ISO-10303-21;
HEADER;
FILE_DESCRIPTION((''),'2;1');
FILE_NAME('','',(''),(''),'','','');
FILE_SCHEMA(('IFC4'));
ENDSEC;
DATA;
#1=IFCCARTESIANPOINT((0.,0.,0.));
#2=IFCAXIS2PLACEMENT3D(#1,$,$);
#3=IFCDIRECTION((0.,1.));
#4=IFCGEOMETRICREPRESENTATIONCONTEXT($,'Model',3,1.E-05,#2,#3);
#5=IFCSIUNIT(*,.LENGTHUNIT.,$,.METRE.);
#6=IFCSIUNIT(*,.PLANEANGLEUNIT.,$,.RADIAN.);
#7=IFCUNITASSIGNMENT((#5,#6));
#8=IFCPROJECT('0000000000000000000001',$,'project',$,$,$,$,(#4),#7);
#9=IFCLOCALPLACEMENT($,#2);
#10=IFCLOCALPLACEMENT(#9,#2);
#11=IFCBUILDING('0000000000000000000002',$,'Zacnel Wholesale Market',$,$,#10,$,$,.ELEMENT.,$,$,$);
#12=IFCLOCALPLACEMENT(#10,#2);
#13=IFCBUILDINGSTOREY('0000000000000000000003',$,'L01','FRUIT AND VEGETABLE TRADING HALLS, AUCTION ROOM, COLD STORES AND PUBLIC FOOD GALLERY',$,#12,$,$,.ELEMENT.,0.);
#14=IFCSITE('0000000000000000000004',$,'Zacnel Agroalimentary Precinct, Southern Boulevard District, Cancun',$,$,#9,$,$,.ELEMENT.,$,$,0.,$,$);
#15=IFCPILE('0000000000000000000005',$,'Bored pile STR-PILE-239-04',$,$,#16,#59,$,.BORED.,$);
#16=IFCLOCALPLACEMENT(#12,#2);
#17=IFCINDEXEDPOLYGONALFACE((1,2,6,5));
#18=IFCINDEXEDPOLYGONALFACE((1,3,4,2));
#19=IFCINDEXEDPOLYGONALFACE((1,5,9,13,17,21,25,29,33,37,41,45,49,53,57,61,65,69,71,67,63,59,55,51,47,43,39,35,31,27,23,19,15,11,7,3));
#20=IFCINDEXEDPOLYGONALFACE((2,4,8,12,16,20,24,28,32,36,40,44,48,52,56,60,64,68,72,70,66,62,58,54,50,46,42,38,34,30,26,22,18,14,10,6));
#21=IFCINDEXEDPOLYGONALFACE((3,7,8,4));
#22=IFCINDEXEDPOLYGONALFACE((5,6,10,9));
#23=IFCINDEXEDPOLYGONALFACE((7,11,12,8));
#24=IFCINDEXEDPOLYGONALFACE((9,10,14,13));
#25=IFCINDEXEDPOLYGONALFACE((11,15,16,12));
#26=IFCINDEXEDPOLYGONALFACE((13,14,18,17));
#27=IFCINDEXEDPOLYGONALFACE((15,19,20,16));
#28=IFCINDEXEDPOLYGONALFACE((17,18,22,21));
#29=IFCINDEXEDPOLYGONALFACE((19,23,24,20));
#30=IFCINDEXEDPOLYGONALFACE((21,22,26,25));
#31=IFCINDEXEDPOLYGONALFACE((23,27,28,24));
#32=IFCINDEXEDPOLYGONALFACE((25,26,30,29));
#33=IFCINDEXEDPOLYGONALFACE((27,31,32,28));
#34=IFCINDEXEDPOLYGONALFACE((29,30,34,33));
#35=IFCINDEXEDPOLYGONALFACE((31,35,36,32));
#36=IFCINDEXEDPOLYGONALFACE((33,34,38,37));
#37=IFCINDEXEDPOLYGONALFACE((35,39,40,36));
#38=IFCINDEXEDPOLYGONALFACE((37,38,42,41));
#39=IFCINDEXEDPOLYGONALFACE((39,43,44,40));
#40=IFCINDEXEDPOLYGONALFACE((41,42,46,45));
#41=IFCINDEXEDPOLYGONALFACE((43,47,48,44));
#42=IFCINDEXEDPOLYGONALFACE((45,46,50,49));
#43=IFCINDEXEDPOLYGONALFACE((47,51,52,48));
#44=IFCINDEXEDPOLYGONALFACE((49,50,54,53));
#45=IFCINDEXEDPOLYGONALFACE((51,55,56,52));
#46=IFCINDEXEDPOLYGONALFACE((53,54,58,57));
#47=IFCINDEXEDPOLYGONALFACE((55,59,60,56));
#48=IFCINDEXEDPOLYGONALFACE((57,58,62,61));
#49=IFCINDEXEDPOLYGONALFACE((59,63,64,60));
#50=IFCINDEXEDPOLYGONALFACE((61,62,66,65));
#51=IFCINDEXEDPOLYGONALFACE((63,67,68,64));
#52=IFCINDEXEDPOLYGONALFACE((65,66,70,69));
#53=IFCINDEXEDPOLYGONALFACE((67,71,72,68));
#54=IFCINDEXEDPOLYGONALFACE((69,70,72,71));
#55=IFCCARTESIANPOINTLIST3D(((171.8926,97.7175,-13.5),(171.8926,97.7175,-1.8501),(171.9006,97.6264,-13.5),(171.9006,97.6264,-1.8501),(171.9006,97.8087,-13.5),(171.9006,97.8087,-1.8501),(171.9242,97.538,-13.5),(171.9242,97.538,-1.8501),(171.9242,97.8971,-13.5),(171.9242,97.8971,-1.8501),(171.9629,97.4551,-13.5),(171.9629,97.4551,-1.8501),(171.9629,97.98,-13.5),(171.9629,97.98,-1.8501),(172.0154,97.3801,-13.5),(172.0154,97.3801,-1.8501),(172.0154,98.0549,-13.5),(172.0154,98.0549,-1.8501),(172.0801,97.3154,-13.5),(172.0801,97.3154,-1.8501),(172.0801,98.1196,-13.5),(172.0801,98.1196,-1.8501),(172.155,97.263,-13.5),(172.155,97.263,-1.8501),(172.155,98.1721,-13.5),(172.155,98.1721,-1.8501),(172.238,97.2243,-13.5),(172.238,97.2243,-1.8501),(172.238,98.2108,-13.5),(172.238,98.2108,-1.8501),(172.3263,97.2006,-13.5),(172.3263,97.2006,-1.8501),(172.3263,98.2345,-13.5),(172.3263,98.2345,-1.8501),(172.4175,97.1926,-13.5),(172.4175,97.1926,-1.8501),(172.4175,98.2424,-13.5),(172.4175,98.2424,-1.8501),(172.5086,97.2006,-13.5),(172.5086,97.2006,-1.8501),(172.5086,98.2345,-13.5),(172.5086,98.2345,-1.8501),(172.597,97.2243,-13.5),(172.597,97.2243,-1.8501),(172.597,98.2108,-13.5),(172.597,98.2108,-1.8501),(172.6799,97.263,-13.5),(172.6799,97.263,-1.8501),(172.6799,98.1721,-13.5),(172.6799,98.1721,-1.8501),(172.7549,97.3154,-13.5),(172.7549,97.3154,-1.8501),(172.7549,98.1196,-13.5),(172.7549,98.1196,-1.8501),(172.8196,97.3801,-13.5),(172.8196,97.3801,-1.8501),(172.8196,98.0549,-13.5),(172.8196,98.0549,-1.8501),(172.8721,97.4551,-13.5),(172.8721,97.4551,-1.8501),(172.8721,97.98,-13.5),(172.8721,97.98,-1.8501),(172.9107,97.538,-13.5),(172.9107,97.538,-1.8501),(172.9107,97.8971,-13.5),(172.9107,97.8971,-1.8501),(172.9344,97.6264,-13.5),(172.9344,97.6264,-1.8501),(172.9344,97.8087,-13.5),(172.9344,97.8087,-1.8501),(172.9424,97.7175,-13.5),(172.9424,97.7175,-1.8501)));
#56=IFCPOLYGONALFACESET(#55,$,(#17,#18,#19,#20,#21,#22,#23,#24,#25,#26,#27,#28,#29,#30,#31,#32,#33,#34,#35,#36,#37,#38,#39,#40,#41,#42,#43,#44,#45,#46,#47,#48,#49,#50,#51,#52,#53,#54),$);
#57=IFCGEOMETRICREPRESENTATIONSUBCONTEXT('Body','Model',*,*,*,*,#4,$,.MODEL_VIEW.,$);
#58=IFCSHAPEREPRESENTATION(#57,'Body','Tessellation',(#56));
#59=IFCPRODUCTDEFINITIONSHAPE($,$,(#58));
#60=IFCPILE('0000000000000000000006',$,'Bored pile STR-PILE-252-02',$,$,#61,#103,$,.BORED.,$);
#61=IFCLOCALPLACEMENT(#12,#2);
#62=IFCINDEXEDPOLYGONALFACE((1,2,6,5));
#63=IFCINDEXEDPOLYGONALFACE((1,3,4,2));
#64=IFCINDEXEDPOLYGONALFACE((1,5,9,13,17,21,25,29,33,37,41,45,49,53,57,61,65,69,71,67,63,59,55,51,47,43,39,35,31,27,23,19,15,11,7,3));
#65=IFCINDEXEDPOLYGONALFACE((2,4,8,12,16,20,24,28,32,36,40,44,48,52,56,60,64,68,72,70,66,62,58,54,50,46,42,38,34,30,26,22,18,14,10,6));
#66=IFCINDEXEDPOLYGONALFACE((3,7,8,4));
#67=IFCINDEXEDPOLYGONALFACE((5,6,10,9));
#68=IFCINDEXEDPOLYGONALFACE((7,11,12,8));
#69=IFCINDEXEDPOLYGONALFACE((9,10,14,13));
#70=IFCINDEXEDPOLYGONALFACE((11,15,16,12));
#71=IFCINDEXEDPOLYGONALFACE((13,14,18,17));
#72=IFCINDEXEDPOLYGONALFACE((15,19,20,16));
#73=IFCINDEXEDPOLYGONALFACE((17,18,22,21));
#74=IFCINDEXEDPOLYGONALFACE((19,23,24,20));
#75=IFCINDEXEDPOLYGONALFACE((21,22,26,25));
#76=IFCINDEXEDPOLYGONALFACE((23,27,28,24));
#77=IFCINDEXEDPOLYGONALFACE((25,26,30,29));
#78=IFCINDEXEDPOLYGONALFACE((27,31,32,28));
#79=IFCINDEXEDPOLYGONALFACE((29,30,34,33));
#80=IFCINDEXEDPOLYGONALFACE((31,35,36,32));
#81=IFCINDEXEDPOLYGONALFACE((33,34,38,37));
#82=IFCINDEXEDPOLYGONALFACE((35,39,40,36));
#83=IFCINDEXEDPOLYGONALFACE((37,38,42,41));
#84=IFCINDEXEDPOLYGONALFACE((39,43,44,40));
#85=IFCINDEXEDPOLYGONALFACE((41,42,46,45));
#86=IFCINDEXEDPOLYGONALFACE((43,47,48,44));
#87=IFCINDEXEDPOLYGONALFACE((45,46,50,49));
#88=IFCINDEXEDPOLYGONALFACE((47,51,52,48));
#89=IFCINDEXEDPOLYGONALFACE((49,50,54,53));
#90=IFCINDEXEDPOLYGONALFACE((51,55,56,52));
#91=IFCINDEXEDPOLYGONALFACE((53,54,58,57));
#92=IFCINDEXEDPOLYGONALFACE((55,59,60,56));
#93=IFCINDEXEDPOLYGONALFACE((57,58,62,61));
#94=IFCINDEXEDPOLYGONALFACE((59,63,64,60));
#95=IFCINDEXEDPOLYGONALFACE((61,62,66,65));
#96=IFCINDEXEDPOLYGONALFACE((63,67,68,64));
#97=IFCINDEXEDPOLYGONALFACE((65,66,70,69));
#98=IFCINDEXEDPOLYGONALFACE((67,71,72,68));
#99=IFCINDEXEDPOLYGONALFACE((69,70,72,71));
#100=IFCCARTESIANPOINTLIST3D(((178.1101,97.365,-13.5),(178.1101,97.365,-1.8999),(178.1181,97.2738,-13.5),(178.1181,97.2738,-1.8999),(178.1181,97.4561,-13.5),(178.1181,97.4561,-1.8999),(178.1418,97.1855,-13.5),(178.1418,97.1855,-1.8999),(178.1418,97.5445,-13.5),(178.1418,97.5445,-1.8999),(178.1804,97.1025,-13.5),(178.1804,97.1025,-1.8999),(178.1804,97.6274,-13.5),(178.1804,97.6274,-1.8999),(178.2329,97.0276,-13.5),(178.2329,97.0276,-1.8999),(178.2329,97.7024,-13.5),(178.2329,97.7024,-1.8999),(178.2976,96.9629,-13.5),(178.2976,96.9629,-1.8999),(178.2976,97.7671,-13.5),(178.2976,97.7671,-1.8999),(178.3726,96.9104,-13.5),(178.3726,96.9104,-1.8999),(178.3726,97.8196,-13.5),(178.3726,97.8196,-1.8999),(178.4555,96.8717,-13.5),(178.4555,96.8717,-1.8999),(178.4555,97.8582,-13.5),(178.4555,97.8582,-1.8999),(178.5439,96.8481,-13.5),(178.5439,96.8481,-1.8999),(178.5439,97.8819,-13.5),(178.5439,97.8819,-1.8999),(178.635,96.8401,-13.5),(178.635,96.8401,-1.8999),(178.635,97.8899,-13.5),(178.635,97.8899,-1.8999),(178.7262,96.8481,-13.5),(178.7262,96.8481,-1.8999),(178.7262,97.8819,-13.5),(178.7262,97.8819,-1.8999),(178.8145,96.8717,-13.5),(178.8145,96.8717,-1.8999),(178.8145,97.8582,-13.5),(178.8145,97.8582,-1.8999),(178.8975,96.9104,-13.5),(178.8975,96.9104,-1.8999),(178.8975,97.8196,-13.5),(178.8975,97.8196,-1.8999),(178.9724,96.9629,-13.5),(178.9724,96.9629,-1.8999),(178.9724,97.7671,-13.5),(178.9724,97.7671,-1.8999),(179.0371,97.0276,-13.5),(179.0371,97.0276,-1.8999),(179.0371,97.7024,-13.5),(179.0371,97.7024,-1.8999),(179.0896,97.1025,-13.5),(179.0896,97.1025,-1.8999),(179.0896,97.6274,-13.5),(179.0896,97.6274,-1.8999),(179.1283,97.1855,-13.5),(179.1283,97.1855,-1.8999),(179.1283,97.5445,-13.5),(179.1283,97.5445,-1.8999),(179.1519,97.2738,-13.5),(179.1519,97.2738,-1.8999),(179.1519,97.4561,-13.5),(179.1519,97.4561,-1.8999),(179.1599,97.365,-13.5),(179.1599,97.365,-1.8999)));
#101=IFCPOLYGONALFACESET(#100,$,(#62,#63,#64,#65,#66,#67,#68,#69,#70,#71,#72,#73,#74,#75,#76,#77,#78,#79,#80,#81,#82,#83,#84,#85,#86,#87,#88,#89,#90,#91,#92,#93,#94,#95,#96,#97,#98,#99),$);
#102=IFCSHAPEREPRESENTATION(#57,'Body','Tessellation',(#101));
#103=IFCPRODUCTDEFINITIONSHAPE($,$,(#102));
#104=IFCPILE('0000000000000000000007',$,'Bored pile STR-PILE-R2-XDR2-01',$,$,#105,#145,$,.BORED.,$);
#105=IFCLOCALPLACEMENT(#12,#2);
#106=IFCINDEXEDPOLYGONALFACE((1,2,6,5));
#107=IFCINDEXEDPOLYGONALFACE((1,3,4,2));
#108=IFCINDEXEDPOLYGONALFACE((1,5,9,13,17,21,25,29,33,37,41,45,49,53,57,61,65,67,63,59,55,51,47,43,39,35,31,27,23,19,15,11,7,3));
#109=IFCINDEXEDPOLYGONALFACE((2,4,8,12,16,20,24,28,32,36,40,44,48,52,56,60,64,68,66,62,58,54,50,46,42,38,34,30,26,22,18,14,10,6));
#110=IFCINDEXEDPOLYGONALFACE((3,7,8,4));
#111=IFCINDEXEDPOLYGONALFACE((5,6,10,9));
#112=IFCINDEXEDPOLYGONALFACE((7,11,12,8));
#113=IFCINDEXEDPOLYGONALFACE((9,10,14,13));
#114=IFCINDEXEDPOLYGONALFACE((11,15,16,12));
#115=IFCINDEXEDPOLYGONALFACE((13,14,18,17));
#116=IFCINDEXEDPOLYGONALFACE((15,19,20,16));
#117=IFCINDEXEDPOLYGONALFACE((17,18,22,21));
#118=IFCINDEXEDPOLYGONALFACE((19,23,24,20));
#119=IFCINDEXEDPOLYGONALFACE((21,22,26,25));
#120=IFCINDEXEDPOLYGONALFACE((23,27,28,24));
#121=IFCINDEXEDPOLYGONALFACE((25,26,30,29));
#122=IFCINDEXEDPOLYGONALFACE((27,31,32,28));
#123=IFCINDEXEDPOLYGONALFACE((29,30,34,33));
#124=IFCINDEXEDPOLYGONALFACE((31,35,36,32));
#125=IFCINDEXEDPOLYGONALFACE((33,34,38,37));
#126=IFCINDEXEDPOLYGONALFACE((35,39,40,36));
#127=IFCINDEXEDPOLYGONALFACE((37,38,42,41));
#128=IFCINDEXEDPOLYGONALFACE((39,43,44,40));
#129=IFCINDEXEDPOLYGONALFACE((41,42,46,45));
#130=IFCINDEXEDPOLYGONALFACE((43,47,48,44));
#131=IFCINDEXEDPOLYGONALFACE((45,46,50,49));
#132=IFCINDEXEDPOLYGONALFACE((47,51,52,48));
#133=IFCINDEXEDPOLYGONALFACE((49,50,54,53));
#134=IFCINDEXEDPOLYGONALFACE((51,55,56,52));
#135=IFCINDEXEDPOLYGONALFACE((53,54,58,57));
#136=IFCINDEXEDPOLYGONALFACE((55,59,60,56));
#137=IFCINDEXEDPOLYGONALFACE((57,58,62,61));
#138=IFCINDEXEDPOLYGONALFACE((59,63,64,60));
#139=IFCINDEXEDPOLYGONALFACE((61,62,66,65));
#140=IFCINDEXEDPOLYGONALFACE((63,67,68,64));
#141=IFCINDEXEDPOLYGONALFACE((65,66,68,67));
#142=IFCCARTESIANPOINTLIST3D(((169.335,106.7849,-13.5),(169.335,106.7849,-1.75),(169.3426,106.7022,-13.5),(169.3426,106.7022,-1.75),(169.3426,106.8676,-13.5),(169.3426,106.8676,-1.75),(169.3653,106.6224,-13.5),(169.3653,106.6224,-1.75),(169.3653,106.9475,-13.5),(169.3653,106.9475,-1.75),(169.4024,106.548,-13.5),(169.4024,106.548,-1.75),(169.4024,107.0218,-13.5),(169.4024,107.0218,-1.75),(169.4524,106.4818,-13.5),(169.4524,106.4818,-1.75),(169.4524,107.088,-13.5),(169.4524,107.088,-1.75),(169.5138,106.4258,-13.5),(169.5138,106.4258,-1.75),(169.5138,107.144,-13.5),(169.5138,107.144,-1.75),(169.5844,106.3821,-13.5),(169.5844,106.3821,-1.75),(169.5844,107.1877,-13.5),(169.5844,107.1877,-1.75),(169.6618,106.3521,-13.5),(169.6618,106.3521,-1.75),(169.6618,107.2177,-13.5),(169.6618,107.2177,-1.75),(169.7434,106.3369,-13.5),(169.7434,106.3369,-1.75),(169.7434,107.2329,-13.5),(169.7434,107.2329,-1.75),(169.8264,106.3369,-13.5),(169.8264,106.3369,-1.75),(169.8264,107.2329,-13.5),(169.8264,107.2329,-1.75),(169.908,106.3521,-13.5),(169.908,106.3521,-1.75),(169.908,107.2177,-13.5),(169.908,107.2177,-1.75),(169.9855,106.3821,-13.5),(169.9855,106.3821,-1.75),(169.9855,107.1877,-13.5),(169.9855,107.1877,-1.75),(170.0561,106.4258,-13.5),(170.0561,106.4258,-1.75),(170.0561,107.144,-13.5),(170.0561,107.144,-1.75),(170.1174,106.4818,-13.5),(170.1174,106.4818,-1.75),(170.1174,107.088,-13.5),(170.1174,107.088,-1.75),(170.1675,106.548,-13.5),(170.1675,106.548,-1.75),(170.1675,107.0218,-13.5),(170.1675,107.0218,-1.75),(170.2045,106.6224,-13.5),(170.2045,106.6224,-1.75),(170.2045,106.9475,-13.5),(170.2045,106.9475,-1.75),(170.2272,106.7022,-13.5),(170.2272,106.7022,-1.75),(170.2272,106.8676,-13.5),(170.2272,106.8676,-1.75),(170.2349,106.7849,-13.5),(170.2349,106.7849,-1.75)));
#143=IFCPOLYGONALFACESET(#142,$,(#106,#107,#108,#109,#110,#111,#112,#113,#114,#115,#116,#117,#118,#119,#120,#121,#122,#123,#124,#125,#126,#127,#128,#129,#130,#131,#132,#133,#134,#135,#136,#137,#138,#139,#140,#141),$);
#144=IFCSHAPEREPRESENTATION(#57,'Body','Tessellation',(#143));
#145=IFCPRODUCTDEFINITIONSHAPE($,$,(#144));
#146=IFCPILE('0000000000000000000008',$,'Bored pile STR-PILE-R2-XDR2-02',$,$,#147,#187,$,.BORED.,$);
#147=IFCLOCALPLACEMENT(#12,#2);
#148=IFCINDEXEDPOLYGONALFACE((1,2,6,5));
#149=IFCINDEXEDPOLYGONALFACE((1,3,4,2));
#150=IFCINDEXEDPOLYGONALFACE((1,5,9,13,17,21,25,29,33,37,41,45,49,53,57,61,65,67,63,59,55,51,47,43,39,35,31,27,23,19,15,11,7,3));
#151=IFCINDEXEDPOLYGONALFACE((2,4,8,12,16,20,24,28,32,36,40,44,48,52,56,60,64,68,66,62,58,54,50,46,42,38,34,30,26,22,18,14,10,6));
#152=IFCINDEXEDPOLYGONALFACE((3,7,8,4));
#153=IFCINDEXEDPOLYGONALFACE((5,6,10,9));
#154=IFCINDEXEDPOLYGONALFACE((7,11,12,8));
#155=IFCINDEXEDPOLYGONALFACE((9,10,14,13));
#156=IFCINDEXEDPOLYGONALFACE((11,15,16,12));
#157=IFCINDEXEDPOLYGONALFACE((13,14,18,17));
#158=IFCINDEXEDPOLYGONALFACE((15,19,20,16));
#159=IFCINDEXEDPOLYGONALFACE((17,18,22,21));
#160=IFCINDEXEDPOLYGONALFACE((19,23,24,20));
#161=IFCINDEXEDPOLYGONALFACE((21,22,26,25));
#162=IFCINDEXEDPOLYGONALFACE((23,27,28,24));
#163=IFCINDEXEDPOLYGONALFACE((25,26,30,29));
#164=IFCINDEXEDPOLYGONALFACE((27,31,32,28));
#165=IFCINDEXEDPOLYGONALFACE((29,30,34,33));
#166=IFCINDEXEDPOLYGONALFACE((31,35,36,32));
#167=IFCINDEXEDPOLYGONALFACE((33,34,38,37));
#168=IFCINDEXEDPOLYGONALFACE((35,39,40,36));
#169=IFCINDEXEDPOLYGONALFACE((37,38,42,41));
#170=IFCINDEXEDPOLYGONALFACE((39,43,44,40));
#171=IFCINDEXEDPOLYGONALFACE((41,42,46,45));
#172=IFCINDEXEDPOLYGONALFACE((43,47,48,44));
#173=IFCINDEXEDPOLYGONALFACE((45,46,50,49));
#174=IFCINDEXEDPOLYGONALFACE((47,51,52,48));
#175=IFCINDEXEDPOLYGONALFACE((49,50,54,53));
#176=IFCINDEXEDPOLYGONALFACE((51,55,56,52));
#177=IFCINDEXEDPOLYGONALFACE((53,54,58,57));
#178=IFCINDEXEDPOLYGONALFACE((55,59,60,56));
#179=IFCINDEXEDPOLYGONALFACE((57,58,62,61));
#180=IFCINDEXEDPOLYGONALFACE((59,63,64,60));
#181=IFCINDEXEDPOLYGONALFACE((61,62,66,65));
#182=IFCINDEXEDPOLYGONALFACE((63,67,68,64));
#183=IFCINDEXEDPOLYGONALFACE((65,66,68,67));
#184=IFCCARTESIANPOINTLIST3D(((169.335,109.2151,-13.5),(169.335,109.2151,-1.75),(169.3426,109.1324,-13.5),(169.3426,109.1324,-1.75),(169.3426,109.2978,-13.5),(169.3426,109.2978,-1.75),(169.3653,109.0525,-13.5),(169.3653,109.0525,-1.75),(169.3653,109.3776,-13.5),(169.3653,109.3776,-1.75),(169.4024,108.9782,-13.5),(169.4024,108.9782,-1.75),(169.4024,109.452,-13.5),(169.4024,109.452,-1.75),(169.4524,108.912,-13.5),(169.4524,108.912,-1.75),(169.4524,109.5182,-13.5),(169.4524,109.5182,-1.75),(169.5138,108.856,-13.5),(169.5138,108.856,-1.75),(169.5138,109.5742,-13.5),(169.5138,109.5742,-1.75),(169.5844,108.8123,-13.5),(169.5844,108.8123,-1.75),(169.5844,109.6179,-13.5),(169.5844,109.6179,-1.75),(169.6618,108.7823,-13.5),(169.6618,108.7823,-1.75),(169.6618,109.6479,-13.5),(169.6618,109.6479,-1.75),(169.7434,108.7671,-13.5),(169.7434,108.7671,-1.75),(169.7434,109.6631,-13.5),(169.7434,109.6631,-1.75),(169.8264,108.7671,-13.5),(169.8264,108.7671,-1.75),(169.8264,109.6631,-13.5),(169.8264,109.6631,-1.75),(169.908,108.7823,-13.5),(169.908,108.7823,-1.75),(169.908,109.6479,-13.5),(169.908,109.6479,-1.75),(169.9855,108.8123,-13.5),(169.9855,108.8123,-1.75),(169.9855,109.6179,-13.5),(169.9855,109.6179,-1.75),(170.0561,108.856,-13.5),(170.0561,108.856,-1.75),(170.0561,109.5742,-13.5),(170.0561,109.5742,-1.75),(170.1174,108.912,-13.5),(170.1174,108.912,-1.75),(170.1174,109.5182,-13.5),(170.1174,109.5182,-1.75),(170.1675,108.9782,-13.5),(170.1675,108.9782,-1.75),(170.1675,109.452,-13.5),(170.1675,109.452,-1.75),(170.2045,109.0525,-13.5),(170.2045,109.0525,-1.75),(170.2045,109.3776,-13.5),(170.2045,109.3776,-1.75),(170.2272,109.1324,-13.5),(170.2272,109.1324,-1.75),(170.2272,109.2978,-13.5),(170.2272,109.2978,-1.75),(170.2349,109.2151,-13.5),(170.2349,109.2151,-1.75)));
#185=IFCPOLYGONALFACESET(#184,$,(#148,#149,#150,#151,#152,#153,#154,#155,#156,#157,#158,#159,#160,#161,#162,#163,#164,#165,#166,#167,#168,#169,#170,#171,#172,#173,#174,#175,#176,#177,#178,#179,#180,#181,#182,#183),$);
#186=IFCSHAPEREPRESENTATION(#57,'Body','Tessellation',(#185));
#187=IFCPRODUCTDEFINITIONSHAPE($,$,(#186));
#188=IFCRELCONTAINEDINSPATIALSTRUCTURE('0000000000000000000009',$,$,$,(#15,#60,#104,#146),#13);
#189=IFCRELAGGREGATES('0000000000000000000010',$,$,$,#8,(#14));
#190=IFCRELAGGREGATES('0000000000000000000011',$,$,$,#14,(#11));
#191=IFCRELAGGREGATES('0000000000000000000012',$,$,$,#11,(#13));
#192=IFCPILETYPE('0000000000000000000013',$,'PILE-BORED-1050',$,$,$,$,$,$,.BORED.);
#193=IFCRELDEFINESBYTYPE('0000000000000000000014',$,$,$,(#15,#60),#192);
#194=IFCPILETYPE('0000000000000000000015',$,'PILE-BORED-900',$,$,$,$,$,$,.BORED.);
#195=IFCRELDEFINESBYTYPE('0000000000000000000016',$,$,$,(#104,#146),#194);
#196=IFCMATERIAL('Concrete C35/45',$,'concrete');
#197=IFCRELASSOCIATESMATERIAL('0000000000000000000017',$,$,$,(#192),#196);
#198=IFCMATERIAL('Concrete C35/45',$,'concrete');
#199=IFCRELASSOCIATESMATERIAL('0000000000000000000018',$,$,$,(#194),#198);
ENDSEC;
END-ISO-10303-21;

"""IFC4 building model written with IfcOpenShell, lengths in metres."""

from ifc_helpers import new_model, si_unit, direction, frame, origin, origin_2d, place, context, subcontext, project, spatial, circle, extrude, material, material_profile, profile_set, type_object, element, save


model = new_model("IFC4")

# Units and contexts
model_context = context("Model", 3, precision=1e-05, world=origin(), true_north=direction((0.0, 1.0)))
body_context = subcontext(model_context, "Body", "Model", "MODEL_VIEW")
ifc_project = project(units=[si_unit("LENGTHUNIT", "METRE"), si_unit("PLANEANGLEUNIT", "RADIAN")], contexts=[model_context])

# Site, building, storey
site_placement = place(None, origin())
site = spatial("IfcSite", under=ifc_project, at=site_placement, Name="Zacnel Agroalimentary Precinct, Southern Boulevard District, Cancun", CompositionType="ELEMENT", RefElevation=0.0)
building_placement = place(site_placement, origin())
building = spatial("IfcBuilding", under=site, at=building_placement, Name="Zacnel Wholesale Market", CompositionType="ELEMENT")
storey_placement = place(building_placement, origin())
storey = spatial("IfcBuildingStorey", under=building, at=storey_placement, Name="L01", Description="FRUIT AND VEGETABLE TRADING HALLS, AUCTION ROOM, COLD STORES AND PUBLIC FOOD GALLERY", CompositionType="ELEMENT", Elevation=0.0)

# Piles
ifc_material_1 = material(Name="Concrete C35/45", Category="concrete")
ifc_material_profile_1 = material_profile(ifc_material_1, circle(Radius=0.5249, at=origin_2d()), Name="BORED PILE D1050")
ifc_profile_set_1 = profile_set([ifc_material_profile_1], Name="Concrete C35/45")
pile_type_1 = type_object("IfcPileType", Name="PILE-BORED-1050", PredefinedType="BORED", material=ifc_profile_set_1)
pile_1_placement = place(storey_placement, frame((172.4175, 97.7175, -1.8501), z_axis=(0.0, 0.0, -1.0), x_axis=(1.0, 0.0, 0.0)))
element("IfcPile", 1, at=pile_1_placement, inside=storey, type_object=pile_type_1, Name="Bored pile STR-PILE-239-04", PredefinedType="BORED", context=body_context, shape_type="SweptSolid", body=[
    extrude(circle(Radius=0.5249, at=origin_2d()), origin(), (0.0, 0.0, 1.0), 11.6499),
])
pile_2_placement = place(storey_placement, frame((178.635, 97.365, -1.8999), z_axis=(0.0, 0.0, -1.0), x_axis=(1.0, 0.0, 0.0)))
element("IfcPile", 2, at=pile_2_placement, inside=storey, type_object=pile_type_1, Name="Bored pile STR-PILE-252-02", PredefinedType="BORED", context=body_context, shape_type="SweptSolid", body=[
    extrude(circle(Radius=0.5249, at=origin_2d()), origin(), (0.0, 0.0, 1.0), 11.6001),
])
ifc_material_2 = material(Name="Concrete C35/45", Category="concrete")
ifc_material_profile_2 = material_profile(ifc_material_2, circle(Radius=0.45, at=origin_2d()), Name="BORED PILE D900")
ifc_profile_set_2 = profile_set([ifc_material_profile_2], Name="Concrete C35/45")
pile_type_2 = type_object("IfcPileType", Name="PILE-BORED-900", PredefinedType="BORED", material=ifc_profile_set_2)
for number, where, z_axis, x_axis, name in (
    (3, (169.7849, 106.7849, -1.75), (0.0, 0.0, -1.0), (1.0, 0.0, 0.0), "Bored pile STR-PILE-R2-XDR2-01"),
    (4, (169.7849, 109.2151, -1.75), (0.0, 0.0, -1.0), (1.0, 0.0, 0.0), "Bored pile STR-PILE-R2-XDR2-02"),
):
    element("IfcPile", number, at=place(storey_placement, frame(where, z_axis=z_axis, x_axis=x_axis)), inside=storey, type_object=pile_type_2, Name=name, PredefinedType="BORED", context=body_context, shape_type="SweptSolid", body=[
        extrude(circle(Radius=0.45, at=origin_2d()), origin(), (0.0, 0.0, 1.0), 11.75),
    ])

save(model, "model.ifc")
